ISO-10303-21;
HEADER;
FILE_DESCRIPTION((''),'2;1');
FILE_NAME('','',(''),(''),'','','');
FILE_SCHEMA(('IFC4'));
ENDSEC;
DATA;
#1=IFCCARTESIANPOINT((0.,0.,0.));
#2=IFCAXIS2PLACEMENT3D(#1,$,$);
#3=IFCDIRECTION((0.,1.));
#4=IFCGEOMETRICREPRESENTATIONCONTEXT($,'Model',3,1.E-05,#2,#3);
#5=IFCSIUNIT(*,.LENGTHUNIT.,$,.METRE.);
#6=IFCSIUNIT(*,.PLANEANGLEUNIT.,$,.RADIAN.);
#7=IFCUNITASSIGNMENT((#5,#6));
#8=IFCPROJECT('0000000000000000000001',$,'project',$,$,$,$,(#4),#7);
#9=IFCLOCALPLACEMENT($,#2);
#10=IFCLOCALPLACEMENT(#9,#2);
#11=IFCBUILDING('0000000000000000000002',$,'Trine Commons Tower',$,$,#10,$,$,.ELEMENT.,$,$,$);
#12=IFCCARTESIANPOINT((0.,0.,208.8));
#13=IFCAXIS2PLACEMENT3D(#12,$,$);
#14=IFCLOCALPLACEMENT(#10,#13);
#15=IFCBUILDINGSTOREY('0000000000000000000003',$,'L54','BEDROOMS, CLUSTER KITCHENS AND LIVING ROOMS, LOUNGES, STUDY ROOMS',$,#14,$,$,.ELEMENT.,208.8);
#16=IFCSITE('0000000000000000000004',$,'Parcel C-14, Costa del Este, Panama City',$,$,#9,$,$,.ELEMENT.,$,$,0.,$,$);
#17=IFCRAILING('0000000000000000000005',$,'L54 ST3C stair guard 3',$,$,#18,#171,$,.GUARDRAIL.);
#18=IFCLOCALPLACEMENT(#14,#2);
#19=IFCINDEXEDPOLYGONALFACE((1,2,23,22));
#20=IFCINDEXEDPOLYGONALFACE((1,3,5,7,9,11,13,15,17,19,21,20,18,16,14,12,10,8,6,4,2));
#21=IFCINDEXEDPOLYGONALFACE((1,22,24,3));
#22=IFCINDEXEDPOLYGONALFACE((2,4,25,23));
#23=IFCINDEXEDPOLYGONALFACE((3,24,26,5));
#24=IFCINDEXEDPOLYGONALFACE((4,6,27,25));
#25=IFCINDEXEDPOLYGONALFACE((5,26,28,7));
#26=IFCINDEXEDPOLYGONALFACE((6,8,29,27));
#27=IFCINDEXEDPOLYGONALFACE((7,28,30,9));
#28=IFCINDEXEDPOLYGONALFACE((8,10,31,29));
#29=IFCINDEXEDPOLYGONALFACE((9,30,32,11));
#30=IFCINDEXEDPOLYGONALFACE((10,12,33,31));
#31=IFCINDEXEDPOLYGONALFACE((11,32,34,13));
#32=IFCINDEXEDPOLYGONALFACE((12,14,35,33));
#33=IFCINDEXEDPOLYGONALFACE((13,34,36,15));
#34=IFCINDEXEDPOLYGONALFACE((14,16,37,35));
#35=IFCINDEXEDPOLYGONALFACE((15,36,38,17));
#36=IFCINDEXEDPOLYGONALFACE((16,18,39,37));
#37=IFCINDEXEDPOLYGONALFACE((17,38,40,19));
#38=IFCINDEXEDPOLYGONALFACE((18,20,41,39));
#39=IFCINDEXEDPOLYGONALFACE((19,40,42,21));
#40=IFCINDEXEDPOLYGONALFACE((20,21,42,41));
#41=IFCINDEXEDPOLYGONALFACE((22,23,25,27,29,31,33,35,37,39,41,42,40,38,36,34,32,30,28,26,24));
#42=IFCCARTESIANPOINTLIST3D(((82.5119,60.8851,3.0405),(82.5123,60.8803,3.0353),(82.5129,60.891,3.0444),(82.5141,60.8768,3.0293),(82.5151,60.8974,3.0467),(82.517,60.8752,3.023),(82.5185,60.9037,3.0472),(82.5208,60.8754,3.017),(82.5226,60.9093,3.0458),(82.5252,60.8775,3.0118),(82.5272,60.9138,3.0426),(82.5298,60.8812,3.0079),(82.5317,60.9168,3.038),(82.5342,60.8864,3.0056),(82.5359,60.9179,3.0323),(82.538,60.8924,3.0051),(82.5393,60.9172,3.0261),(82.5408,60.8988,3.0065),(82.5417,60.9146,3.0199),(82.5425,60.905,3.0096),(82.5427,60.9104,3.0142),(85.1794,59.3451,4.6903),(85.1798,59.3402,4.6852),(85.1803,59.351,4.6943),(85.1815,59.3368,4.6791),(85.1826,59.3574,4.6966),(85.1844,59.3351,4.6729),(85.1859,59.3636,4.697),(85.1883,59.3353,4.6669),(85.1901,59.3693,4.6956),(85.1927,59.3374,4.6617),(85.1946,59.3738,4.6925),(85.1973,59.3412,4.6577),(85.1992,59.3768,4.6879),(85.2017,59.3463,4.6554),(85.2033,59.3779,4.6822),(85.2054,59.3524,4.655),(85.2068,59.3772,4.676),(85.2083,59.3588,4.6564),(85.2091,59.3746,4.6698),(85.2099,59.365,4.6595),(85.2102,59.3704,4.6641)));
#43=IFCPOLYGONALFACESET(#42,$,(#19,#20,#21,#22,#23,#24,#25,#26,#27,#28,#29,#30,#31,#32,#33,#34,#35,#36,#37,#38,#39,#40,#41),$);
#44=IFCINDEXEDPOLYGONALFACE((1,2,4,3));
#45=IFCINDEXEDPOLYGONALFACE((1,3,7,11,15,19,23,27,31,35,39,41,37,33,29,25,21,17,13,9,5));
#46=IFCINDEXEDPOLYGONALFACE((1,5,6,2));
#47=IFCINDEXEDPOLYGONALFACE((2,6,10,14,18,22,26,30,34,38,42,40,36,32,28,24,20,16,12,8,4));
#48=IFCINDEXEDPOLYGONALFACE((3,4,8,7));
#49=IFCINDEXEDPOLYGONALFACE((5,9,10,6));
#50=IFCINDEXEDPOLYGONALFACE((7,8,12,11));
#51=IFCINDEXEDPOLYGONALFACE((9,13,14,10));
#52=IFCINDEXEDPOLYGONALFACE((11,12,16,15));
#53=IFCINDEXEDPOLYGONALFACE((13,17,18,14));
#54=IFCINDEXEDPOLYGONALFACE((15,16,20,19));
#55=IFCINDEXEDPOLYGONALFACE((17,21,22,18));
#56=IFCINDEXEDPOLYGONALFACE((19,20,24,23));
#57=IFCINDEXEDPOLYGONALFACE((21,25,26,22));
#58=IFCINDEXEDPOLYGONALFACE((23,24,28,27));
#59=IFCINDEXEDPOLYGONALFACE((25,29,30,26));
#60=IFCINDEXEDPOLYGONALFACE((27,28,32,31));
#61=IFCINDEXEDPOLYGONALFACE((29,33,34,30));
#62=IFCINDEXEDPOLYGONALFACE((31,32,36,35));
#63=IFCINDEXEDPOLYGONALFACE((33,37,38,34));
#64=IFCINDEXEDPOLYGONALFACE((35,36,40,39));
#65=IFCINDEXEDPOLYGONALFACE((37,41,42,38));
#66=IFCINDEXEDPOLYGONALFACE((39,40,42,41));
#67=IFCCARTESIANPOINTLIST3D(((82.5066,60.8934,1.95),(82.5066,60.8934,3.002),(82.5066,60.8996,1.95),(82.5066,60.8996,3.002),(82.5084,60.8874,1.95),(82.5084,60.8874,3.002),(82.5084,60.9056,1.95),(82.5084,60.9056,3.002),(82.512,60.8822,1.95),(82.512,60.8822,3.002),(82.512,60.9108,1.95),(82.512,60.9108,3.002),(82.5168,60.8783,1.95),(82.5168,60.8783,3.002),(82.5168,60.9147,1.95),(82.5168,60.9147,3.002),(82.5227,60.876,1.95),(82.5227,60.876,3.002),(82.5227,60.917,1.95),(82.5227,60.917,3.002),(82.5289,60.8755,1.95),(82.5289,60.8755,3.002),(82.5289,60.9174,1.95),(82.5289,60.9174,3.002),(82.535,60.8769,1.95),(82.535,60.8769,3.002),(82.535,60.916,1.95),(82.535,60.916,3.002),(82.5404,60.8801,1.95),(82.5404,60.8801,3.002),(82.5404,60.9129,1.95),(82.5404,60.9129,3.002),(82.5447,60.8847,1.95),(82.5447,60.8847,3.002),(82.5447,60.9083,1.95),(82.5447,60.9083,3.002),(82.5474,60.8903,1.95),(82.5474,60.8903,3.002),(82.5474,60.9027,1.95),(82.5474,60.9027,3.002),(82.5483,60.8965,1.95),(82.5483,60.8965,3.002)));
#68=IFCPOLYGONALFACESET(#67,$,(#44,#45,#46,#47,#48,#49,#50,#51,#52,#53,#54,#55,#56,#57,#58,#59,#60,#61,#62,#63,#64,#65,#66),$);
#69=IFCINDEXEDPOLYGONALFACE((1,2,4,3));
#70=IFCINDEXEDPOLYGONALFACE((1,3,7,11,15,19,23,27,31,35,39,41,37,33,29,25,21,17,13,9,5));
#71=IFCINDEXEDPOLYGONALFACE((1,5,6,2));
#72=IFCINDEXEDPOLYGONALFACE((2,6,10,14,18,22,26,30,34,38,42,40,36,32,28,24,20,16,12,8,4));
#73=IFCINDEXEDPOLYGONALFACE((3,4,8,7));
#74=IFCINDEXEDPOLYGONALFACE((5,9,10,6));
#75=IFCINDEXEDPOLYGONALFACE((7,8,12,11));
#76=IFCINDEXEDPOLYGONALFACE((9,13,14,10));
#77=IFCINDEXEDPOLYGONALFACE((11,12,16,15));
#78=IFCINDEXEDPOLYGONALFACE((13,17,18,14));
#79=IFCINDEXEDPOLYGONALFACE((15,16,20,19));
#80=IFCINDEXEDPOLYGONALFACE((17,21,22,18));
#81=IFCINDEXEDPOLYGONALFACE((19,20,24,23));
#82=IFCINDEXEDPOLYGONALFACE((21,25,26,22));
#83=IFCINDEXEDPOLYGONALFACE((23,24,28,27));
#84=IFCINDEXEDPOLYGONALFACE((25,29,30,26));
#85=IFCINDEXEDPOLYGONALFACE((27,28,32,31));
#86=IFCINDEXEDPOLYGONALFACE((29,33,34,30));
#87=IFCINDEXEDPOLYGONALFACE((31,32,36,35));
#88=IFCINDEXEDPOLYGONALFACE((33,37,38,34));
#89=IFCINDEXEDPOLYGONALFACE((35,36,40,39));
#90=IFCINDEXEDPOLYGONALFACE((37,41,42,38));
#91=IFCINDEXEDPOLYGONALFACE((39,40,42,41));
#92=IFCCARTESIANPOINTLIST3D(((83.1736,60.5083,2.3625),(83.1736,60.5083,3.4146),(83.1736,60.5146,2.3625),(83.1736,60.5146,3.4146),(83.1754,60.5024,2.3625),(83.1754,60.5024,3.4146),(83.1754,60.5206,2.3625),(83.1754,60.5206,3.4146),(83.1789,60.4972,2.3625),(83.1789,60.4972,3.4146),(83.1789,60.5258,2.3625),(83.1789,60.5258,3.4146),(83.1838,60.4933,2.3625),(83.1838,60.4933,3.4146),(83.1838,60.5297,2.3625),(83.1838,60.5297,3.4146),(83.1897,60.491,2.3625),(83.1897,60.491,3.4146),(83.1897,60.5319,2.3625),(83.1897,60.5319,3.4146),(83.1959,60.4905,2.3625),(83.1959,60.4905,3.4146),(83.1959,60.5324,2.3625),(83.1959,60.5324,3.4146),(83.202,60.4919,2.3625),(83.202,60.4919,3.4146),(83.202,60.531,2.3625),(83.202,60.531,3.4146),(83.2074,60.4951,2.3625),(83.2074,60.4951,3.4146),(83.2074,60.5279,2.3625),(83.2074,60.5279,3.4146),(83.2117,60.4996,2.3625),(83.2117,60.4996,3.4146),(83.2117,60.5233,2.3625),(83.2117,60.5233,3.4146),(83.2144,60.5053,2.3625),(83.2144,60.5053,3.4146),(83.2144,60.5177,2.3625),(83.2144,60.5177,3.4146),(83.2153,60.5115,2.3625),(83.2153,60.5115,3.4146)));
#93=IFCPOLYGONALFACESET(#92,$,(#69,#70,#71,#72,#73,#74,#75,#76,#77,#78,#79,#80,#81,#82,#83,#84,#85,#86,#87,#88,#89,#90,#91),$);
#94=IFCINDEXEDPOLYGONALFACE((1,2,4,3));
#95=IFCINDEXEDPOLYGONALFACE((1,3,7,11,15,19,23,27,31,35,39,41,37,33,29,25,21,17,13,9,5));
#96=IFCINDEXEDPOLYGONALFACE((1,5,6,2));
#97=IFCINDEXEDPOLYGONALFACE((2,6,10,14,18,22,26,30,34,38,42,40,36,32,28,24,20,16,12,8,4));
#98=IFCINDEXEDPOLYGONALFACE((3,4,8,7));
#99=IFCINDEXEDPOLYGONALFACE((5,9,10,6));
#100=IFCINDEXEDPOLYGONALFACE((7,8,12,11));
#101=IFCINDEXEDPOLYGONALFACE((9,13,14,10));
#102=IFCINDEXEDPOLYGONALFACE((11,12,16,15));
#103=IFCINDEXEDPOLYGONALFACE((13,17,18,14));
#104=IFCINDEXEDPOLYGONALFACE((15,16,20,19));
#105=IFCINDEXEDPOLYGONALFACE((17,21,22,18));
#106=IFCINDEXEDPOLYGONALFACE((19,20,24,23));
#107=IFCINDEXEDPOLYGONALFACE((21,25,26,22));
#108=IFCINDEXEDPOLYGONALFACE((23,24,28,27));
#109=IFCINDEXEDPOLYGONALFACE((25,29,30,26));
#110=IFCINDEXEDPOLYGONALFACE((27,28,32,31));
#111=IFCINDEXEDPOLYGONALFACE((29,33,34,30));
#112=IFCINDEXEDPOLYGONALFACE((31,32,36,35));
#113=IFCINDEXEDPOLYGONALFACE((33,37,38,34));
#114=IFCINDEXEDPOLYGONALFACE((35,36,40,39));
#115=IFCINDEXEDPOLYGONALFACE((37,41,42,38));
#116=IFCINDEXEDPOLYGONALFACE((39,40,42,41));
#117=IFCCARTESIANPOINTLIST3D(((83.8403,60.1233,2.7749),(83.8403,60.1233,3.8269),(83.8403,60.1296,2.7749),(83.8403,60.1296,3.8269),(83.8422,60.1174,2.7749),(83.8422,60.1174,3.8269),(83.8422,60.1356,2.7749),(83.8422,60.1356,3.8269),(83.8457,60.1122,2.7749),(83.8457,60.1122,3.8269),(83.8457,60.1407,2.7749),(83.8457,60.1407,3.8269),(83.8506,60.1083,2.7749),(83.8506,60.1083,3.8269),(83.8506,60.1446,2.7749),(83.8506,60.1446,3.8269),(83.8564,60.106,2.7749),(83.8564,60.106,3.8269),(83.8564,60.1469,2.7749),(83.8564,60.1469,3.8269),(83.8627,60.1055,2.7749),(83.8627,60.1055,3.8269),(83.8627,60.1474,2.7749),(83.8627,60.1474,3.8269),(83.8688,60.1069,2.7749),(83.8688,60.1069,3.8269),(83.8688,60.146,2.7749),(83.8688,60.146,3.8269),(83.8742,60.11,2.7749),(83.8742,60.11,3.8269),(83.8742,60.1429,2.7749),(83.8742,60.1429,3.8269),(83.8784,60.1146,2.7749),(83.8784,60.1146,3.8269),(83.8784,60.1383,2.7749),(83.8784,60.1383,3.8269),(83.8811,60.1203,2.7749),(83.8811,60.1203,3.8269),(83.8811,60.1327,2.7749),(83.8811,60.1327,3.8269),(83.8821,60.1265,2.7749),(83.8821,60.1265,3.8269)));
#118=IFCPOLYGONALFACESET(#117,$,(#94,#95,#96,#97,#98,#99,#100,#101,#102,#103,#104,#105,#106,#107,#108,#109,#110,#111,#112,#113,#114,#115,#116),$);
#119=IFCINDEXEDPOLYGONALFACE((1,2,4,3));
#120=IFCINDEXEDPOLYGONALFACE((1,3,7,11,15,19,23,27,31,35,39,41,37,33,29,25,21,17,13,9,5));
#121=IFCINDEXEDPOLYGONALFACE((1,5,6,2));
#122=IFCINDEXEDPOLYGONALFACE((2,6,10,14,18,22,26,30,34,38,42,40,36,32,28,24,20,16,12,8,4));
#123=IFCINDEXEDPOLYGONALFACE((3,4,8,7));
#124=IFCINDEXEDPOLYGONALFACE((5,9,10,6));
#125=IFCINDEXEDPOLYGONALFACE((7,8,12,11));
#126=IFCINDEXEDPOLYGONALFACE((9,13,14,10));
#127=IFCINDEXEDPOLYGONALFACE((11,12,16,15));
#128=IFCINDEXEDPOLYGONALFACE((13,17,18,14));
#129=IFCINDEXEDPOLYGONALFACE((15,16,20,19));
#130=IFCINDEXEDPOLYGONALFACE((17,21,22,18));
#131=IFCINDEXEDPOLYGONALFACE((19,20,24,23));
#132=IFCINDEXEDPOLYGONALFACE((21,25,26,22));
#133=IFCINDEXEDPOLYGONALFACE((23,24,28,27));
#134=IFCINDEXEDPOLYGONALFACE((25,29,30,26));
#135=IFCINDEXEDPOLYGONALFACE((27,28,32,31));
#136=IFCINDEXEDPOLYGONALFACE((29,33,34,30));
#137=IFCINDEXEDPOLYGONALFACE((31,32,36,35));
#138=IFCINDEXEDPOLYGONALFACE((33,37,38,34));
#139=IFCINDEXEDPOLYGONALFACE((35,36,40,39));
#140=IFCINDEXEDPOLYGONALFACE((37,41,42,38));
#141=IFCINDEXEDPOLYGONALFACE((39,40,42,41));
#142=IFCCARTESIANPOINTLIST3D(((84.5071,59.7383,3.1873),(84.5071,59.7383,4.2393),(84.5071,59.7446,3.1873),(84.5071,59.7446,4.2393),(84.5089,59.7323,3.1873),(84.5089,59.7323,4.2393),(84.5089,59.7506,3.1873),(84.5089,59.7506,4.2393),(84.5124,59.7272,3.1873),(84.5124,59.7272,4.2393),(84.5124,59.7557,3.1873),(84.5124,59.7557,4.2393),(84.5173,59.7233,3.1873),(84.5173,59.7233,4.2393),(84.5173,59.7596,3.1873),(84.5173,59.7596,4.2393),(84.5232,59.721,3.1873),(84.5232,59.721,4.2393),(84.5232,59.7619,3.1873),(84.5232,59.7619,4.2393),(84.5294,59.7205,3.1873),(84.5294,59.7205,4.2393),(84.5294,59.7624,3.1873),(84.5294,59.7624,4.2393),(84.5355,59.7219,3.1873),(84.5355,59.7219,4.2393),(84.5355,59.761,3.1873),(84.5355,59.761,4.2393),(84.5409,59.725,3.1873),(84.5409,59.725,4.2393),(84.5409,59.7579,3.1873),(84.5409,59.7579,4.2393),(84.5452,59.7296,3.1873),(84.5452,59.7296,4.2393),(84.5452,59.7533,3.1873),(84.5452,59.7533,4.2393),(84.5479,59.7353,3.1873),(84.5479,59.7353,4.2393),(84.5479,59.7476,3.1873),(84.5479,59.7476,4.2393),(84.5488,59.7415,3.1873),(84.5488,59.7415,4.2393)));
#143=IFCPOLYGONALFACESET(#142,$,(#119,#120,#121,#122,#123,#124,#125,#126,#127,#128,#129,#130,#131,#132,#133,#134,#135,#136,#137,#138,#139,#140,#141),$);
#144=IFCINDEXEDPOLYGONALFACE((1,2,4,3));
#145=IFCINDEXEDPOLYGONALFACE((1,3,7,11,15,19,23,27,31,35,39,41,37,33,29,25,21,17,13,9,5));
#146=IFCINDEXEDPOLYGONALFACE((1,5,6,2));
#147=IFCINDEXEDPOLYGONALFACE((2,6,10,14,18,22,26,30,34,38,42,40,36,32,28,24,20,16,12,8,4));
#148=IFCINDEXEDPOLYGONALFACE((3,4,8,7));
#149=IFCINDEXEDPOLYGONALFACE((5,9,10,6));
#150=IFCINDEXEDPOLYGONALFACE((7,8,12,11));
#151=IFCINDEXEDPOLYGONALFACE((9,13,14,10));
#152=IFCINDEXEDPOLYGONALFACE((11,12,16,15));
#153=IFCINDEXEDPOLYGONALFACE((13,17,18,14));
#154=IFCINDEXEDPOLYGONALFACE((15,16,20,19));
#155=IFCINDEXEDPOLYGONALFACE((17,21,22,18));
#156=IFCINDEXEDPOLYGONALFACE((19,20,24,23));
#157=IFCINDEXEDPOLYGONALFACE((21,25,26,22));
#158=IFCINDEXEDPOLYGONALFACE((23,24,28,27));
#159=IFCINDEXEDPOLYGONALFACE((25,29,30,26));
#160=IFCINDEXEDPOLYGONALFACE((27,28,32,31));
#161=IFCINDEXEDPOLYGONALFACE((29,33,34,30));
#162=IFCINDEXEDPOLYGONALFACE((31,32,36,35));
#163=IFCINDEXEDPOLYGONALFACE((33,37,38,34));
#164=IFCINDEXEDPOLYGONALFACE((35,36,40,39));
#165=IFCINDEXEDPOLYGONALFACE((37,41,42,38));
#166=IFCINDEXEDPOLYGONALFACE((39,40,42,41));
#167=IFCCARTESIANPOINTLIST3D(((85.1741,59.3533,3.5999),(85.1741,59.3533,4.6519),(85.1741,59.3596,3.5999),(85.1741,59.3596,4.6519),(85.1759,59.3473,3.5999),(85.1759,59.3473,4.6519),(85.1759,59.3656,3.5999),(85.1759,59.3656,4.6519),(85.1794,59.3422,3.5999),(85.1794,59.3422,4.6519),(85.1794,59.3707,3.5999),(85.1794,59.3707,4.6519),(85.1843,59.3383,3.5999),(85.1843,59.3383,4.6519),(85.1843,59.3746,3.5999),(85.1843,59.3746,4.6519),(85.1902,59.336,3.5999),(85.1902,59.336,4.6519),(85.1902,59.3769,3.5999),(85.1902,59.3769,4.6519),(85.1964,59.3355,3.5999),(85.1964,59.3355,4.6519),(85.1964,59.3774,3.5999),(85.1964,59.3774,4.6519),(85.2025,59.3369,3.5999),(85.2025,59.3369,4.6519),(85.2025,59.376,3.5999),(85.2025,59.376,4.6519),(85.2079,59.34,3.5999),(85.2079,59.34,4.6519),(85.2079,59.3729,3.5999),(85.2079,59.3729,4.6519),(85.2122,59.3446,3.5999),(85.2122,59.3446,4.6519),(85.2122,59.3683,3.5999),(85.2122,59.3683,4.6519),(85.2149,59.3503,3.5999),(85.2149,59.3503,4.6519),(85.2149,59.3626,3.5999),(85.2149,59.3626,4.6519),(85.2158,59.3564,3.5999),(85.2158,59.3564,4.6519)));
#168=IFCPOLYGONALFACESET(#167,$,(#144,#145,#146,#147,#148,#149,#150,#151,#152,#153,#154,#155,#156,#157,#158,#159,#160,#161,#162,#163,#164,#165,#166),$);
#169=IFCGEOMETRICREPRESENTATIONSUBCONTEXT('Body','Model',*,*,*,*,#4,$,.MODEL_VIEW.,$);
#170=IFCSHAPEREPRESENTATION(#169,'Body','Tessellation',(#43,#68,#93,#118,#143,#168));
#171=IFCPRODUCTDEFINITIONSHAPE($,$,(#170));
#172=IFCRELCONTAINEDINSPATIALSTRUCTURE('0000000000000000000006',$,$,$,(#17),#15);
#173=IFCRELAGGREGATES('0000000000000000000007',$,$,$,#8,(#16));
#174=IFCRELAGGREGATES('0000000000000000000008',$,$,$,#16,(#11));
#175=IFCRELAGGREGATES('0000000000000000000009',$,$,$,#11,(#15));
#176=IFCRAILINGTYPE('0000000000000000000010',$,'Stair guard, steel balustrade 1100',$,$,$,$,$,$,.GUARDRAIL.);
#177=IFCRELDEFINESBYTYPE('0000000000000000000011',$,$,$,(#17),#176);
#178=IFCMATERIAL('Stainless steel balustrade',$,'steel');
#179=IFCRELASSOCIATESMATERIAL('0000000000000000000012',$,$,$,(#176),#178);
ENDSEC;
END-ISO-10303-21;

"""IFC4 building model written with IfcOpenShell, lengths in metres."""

from ifc_helpers import new_model, si_unit, direction, frame, origin, origin_2d, place, context, subcontext, project, spatial, circle, extrude, material, type_object, element, save


model = new_model("IFC4")

# Units and contexts
model_context = context("Model", 3, precision=1e-05, world=origin(), true_north=direction((0.0, 1.0)))
body_context = subcontext(model_context, "Body", "Model", "MODEL_VIEW")
ifc_project = project(units=[si_unit("LENGTHUNIT", "METRE"), si_unit("PLANEANGLEUNIT", "RADIAN")], contexts=[model_context])

# Site, building, storey
site_placement = place(None, origin())
site = spatial("IfcSite", under=ifc_project, at=site_placement, Name="Parcel C-14, Costa del Este, Panama City", CompositionType="ELEMENT", RefElevation=0.0)
building_placement = place(site_placement, origin())
building = spatial("IfcBuilding", under=site, at=building_placement, Name="Trine Commons Tower", CompositionType="ELEMENT")
storey_placement = place(building_placement, frame((0.0, 0.0, 208.8)))
storey = spatial("IfcBuildingStorey", under=building, at=storey_placement, Name="L54", Description="BEDROOMS, CLUSTER KITCHENS AND LIVING ROOMS, LOUNGES, STUDY ROOMS", CompositionType="ELEMENT", Elevation=208.8)

# Railing
ifc_material_1 = material(Name="Stainless steel balustrade", Category="steel")
railing_type_1 = type_object("IfcRailingType", Name="Stair guard, steel balustrade 1100", PredefinedType="GUARDRAIL", material=ifc_material_1)
railing_1_placement = place(storey_placement, frame((82.5273, 60.8965, 1.95)))
element("IfcRailing", 1, at=railing_1_placement, inside=storey, type_object=railing_type_1, Name="L54 ST3C stair guard 3", PredefinedType="GUARDRAIL", context=body_context, shape_type="SweptSolid", body=[
    extrude(circle(Radius=0.0239, at=origin_2d()), frame((0.0, 0.0, 1.0762), z_axis=(0.763405, -0.440743, 0.472185), x_axis=(0.499992, 0.86603, 0.0)), (0.0, 0.0, 1.0), 3.4941),
    extrude(circle(Radius=0.021, at=origin_2d()), origin(), (0.0, 0.0, 1.0), 1.052),
    extrude(circle(Radius=0.021, at=origin_2d()), frame((0.667, -0.385, 0.4126)), (0.0, 0.0, 1.0), 1.052),
    extrude(circle(Radius=0.021, at=origin_2d()), frame((1.3337, -0.77, 0.825)), (0.0, 0.0, 1.0), 1.052),
    extrude(circle(Radius=0.021, at=origin_2d()), frame((2.0005, -1.155, 1.2373)), (0.0, 0.0, 1.0), 1.052),
    extrude(circle(Radius=0.021, at=origin_2d()), frame((2.6675, -1.54, 1.6499)), (0.0, 0.0, 1.0), 1.052),
])

save(model, "model.ifc")
